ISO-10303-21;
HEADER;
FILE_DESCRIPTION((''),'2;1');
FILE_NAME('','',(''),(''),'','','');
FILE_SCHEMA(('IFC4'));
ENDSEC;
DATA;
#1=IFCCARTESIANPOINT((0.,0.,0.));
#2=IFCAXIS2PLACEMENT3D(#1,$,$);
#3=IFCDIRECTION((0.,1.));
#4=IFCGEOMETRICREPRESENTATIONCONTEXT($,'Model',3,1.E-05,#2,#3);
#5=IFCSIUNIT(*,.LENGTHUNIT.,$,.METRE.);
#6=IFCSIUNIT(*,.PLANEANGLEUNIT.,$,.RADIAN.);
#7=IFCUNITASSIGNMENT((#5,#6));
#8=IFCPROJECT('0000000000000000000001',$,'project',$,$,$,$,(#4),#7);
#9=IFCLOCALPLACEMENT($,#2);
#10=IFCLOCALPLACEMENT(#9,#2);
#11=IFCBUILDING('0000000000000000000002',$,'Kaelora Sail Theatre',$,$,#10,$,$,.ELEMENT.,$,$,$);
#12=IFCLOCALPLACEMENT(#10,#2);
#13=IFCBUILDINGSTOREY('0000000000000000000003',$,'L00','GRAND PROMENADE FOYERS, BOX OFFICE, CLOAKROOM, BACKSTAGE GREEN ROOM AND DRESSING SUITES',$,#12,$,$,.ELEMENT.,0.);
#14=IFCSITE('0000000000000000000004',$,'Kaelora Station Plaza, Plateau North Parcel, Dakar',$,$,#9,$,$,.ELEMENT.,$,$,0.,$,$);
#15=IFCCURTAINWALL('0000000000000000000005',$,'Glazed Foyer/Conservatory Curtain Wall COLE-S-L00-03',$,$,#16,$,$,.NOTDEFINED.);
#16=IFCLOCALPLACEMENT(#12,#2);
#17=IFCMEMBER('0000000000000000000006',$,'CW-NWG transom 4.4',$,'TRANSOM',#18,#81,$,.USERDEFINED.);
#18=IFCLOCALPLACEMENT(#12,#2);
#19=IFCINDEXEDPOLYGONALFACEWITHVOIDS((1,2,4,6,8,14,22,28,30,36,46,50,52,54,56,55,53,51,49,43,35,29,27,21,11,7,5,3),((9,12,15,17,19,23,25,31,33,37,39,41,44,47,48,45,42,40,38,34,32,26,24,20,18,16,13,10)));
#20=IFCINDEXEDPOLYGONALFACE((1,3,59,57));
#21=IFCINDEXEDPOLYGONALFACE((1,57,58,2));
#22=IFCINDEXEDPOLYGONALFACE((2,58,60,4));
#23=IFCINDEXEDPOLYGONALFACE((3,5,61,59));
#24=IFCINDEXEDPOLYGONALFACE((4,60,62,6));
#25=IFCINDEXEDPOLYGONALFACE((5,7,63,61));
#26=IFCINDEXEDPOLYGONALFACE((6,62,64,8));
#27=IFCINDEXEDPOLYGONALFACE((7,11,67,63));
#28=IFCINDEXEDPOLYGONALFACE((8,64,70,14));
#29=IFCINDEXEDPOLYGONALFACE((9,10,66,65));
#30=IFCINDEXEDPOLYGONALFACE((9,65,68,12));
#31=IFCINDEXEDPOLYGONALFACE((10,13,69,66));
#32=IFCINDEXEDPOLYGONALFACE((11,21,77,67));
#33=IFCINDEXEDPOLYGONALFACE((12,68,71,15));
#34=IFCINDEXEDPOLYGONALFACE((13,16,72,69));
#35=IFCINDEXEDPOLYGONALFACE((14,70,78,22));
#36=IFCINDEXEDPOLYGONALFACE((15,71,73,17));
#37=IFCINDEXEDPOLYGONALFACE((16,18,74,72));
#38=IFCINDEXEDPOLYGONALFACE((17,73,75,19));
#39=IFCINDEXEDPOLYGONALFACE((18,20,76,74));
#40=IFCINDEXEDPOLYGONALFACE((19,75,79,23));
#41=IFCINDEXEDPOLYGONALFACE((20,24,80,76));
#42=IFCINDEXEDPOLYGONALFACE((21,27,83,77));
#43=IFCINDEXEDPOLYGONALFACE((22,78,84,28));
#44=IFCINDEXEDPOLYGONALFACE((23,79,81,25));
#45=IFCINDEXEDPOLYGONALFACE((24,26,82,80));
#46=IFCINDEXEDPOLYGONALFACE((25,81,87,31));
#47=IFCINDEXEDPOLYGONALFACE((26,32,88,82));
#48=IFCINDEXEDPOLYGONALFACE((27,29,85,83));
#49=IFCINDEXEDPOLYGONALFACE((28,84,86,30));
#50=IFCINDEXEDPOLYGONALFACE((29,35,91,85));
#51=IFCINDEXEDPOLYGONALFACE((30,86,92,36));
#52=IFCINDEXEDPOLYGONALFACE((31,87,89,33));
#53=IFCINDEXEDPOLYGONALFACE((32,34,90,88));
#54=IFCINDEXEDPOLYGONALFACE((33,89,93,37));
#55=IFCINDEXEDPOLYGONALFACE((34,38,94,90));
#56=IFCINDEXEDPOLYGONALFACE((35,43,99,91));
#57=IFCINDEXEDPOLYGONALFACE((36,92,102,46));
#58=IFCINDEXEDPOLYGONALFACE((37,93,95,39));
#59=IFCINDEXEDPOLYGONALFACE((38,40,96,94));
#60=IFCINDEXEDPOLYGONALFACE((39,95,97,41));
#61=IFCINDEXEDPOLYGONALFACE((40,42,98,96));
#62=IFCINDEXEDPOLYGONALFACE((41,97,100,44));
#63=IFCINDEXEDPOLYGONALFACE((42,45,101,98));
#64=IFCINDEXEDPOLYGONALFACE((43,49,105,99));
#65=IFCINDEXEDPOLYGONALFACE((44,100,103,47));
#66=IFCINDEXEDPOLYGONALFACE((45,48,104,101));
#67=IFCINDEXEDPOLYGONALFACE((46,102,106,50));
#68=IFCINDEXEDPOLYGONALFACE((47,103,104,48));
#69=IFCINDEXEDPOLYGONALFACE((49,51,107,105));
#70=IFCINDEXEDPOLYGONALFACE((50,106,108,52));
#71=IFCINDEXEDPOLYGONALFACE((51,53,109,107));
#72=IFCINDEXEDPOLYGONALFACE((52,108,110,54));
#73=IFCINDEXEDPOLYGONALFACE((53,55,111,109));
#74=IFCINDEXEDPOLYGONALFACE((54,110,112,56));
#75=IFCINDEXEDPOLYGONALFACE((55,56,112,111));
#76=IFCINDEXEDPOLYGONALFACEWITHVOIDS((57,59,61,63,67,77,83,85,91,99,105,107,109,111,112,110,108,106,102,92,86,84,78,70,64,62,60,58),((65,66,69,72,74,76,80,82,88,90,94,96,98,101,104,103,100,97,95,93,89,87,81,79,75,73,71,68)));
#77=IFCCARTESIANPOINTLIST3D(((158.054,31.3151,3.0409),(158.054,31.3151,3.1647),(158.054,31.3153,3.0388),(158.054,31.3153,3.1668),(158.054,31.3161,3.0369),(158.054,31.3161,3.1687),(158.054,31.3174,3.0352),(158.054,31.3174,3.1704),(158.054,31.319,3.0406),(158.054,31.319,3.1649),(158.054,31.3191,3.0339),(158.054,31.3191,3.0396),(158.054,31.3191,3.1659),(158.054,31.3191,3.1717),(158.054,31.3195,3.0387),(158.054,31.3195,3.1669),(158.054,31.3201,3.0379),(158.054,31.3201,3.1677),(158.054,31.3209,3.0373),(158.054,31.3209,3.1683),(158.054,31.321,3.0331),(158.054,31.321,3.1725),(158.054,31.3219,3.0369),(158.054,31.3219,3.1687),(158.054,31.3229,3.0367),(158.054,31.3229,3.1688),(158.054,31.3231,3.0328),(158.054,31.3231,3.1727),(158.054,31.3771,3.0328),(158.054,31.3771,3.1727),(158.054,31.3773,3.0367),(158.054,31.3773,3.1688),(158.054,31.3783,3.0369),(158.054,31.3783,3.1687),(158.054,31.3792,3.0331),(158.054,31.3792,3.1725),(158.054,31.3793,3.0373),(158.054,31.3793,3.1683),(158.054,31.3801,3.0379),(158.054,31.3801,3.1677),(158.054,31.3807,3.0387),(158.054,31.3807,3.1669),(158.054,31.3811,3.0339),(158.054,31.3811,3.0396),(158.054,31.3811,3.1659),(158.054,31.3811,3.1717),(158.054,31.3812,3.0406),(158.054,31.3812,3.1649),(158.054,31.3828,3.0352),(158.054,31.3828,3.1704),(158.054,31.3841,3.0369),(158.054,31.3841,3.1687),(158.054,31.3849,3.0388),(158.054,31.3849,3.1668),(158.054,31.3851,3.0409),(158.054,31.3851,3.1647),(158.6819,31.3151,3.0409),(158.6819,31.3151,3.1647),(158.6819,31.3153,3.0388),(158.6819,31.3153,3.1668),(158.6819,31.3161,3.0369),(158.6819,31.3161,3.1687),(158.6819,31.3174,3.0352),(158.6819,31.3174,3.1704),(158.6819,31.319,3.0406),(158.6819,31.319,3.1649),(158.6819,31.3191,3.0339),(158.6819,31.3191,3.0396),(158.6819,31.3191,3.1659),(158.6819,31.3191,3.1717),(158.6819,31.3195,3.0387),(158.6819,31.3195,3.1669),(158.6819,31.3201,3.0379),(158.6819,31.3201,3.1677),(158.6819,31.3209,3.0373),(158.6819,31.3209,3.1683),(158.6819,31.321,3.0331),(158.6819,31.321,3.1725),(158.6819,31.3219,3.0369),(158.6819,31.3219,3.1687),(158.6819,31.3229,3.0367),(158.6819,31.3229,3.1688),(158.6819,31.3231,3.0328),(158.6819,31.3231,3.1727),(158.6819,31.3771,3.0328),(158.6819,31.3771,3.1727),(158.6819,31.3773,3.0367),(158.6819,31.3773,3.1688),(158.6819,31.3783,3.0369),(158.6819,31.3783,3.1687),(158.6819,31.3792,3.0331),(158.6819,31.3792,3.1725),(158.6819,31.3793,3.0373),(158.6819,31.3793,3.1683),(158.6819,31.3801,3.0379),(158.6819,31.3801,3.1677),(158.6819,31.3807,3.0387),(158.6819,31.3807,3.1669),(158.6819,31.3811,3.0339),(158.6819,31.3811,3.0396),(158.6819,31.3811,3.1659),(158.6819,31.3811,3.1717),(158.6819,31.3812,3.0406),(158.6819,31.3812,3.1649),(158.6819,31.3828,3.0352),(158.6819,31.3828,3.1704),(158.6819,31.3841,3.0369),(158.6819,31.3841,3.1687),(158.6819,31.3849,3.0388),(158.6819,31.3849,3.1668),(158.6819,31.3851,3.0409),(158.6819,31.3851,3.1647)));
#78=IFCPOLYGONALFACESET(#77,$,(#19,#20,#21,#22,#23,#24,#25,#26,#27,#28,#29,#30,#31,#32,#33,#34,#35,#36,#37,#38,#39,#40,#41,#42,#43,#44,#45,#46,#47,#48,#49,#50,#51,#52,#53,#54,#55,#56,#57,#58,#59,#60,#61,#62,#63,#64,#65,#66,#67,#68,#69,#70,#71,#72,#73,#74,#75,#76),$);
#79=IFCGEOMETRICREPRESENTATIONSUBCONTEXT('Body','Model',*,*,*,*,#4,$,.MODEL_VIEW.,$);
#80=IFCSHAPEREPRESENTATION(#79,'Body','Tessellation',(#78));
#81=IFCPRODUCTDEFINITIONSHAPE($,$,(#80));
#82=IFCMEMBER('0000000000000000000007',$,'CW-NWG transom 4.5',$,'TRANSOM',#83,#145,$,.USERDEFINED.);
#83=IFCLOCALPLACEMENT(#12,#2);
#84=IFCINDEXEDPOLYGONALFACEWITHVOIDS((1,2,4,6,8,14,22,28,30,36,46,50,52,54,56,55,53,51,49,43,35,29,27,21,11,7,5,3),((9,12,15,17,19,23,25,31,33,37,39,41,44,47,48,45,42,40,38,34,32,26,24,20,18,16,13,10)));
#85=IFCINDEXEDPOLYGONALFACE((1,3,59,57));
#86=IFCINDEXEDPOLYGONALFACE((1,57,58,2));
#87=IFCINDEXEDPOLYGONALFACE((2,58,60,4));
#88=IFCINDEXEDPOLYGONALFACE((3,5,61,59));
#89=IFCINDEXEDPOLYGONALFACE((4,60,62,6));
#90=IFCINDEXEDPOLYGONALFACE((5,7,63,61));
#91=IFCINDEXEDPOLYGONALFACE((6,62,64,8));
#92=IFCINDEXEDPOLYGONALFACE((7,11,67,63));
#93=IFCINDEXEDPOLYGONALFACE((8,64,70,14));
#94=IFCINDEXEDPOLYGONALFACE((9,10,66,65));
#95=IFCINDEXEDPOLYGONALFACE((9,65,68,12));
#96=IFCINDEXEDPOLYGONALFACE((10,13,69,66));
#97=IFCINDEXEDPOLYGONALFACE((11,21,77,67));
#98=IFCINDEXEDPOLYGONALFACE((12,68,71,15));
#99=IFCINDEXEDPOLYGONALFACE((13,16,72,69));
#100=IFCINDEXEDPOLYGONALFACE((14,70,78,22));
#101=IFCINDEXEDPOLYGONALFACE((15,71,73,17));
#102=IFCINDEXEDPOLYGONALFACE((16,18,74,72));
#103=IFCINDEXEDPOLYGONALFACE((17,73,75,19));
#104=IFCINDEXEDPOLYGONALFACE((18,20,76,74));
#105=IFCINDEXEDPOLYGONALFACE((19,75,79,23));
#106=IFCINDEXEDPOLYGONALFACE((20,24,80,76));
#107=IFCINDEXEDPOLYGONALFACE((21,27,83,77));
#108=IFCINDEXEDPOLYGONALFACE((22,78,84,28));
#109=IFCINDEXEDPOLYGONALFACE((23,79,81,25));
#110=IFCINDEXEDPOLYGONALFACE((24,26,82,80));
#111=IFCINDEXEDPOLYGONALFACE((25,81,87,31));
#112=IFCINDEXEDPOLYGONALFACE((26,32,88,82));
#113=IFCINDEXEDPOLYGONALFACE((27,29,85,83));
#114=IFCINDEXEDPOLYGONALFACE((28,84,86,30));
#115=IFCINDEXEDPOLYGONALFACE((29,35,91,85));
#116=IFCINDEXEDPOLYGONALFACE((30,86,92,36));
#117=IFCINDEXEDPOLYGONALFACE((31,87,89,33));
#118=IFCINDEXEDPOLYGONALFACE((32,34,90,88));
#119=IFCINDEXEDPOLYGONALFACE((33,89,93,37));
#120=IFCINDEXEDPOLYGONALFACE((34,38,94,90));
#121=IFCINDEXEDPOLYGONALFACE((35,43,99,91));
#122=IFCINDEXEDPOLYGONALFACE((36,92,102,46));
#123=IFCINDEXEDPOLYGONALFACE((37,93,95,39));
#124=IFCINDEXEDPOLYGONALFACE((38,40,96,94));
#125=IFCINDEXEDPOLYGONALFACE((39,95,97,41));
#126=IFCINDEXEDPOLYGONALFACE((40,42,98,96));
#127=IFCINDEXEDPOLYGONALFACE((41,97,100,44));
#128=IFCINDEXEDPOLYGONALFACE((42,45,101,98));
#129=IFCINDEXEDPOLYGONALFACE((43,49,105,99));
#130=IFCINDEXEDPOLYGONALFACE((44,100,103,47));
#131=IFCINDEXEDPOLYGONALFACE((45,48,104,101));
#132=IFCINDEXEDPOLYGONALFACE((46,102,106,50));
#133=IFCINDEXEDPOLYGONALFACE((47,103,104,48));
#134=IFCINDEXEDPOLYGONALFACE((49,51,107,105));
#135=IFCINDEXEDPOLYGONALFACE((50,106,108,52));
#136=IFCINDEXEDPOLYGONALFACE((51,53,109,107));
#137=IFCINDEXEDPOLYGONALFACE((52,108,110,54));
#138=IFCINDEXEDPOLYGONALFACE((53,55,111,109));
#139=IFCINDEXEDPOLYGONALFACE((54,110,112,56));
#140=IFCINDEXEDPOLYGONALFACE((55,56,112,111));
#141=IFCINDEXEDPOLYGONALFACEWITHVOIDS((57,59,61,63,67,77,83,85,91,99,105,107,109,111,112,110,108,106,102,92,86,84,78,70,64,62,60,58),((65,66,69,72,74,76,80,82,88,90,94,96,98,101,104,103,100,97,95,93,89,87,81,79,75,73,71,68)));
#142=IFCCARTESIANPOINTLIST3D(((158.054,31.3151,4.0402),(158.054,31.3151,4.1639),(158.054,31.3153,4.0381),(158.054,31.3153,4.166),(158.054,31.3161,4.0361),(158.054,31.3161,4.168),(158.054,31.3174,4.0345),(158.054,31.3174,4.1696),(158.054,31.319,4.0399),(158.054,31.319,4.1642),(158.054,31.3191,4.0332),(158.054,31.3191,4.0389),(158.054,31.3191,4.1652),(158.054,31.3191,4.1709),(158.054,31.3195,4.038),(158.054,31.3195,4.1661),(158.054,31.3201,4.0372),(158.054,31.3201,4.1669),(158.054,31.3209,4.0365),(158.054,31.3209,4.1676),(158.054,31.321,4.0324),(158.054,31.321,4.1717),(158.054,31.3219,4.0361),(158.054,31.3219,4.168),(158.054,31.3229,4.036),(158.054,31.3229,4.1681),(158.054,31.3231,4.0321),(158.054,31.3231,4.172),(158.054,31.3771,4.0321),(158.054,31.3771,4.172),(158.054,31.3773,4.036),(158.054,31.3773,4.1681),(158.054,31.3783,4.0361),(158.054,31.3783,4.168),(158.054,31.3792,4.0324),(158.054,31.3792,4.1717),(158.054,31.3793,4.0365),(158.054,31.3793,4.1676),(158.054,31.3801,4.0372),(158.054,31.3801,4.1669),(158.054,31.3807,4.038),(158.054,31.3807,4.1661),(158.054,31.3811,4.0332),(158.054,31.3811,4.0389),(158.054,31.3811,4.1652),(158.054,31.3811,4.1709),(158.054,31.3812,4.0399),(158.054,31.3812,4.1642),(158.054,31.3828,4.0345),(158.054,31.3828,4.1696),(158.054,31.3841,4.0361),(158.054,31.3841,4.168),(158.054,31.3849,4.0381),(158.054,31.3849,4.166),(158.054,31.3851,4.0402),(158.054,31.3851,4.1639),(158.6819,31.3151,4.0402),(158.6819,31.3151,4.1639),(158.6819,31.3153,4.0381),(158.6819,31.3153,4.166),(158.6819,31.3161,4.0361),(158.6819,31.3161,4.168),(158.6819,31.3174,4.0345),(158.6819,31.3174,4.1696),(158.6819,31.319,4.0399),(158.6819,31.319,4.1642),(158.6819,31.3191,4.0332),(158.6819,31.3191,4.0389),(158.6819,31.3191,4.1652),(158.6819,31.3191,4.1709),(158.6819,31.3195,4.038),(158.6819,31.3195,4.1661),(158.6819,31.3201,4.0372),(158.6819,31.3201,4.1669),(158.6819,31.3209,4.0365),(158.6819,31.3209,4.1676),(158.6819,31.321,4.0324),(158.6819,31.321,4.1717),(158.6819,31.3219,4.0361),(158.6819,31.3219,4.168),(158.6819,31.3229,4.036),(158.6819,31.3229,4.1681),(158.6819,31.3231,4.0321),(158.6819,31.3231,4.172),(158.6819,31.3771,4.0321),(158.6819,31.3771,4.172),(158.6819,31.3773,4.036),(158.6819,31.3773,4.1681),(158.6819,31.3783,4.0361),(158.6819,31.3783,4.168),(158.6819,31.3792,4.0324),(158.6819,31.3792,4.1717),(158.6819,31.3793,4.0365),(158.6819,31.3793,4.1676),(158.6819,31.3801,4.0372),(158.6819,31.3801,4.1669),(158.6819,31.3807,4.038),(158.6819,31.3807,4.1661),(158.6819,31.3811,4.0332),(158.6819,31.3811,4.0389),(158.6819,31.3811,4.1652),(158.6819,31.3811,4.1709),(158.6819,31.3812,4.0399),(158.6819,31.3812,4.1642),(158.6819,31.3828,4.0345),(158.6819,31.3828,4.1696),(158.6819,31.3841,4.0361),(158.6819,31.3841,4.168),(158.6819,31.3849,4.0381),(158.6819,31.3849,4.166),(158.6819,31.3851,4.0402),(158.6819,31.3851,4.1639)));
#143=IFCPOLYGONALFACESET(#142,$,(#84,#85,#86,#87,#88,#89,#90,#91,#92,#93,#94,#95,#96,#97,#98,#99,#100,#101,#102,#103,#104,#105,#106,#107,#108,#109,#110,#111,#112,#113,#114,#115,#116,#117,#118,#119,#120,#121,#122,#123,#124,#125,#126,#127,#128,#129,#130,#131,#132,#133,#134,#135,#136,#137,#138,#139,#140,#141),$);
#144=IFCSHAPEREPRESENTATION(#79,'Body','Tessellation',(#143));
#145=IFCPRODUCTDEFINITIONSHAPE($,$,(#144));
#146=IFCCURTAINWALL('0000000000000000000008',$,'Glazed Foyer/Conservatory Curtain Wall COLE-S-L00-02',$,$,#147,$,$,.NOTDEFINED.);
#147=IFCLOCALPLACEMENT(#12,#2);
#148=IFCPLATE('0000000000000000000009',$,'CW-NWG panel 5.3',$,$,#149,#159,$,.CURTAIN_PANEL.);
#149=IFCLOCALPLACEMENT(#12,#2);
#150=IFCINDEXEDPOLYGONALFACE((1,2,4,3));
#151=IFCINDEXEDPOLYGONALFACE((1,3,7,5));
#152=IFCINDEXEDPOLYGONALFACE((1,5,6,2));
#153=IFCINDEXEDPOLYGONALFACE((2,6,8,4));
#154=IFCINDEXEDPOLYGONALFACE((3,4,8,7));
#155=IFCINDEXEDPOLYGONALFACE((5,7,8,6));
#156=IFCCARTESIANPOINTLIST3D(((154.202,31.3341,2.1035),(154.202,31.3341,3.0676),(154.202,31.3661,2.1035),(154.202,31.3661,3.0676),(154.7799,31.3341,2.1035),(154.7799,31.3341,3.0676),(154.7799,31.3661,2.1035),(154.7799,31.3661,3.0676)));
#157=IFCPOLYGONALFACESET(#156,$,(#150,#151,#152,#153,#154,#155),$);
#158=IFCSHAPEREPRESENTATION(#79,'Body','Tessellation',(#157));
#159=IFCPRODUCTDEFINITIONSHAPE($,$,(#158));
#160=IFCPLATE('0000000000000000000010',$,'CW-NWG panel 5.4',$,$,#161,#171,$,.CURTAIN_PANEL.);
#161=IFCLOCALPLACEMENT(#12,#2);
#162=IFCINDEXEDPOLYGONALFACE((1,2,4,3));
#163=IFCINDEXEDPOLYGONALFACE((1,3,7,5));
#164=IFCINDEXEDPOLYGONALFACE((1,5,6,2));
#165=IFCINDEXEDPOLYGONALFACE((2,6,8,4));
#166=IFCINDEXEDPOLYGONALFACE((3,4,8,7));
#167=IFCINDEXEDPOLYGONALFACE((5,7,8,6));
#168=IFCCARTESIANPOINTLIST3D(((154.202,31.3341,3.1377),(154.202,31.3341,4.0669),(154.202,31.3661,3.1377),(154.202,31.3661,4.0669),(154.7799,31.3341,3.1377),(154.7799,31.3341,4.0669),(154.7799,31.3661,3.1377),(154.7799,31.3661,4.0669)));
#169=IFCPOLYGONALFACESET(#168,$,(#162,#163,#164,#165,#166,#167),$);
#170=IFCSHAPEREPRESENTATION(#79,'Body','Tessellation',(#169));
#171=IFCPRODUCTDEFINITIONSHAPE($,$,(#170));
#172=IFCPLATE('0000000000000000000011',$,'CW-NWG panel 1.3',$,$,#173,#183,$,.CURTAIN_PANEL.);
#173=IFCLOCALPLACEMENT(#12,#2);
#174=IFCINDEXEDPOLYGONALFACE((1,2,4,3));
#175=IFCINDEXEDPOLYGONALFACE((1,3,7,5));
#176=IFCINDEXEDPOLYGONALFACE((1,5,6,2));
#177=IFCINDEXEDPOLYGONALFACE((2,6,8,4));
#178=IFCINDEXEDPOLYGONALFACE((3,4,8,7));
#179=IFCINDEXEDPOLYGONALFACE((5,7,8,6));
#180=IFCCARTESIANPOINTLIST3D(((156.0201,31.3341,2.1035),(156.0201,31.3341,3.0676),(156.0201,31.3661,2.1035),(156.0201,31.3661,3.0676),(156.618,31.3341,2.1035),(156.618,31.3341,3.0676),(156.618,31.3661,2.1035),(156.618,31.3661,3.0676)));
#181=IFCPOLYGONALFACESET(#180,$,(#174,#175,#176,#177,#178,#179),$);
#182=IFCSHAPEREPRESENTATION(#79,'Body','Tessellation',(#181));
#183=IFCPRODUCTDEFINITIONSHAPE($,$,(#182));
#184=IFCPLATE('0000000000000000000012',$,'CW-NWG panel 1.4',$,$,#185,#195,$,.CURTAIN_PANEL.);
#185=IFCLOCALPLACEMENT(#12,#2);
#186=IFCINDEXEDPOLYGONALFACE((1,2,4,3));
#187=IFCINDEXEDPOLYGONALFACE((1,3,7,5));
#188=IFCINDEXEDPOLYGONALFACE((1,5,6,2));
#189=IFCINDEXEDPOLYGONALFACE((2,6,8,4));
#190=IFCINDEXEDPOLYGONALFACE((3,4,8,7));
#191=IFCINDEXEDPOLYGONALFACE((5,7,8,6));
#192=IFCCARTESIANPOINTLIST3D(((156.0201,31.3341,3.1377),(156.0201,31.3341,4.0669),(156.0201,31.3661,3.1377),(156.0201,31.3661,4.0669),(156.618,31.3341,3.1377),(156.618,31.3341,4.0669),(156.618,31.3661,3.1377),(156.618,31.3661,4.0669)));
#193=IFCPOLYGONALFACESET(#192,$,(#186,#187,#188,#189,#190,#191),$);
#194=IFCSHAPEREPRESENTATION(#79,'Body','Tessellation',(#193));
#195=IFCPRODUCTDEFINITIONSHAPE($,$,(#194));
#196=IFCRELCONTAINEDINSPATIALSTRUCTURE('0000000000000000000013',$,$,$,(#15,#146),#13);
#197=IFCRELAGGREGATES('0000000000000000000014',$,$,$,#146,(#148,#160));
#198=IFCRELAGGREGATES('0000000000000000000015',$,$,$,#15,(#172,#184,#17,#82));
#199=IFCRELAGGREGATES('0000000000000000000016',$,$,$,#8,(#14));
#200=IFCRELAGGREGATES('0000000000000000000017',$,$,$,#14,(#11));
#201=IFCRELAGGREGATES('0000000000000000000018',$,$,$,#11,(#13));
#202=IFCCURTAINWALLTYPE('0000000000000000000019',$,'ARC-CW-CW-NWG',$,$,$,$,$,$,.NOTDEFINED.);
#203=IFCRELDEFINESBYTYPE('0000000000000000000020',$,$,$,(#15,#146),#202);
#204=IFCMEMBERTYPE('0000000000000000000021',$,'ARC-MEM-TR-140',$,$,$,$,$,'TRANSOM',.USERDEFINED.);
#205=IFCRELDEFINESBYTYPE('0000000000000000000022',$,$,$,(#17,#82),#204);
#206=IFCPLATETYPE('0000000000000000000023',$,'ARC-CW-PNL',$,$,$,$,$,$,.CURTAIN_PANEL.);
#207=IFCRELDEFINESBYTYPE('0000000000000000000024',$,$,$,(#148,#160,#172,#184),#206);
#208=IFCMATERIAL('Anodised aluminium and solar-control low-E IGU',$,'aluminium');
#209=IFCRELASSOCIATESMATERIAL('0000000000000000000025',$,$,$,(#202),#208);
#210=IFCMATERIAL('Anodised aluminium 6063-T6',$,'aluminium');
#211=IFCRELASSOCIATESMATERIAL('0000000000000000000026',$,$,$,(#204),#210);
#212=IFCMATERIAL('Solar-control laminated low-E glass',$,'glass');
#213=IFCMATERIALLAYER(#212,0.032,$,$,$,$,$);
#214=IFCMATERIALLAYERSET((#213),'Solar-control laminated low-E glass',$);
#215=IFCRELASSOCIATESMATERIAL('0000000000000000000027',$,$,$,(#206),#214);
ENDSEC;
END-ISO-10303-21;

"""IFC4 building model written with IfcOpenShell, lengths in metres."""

from ifc_helpers import new_model, si_unit, direction, frame, origin, origin_2d, place, context, subcontext, project, spatial, rectangle, hollow_rectangle, extrude, material, layer, layer_set, material_profile, profile_set, type_object, element, aggregate, save


model = new_model("IFC4")

# Units and contexts
model_context = context("Model", 3, precision=1e-05, world=origin(), true_north=direction((0.0, 1.0)))
body_context = subcontext(model_context, "Body", "Model", "MODEL_VIEW")
ifc_project = project(units=[si_unit("LENGTHUNIT", "METRE"), si_unit("PLANEANGLEUNIT", "RADIAN")], contexts=[model_context])

# Site, building, storey
site_placement = place(None, origin())
site = spatial("IfcSite", under=ifc_project, at=site_placement, Name="Kaelora Station Plaza, Plateau North Parcel, Dakar", CompositionType="ELEMENT", RefElevation=0.0)
building_placement = place(site_placement, origin())
building = spatial("IfcBuilding", under=site, at=building_placement, Name="Kaelora Sail Theatre", CompositionType="ELEMENT")
storey_placement = place(building_placement, origin())
storey = spatial("IfcBuildingStorey", under=building, at=storey_placement, Name="L00", Description="GRAND PROMENADE FOYERS, BOX OFFICE, CLOAKROOM, BACKSTAGE GREEN ROOM AND DRESSING SUITES", CompositionType="ELEMENT", Elevation=0.0)

# Curtain wall, members
ifc_material_1 = material(Name="Anodised aluminium and solar-control low-E IGU", Category="aluminium")
curtain_wall_type = type_object("IfcCurtainWallType", Name="ARC-CW-CW-NWG", PredefinedType="NOTDEFINED", material=ifc_material_1)
curtain_wall_1_placement = place(storey_placement, origin())
curtain_wall_1 = element("IfcCurtainWall", 1, at=curtain_wall_1_placement, inside=storey, type_object=curtain_wall_type, Name="Glazed Foyer/Conservatory Curtain Wall COLE-S-L00-03", PredefinedType="NOTDEFINED")
ifc_material_2 = material(Name="Anodised aluminium 6063-T6", Category="aluminium")
ifc_material_profile = material_profile(ifc_material_2, hollow_rectangle(XDim=0.0701, YDim=0.1399, WallThickness=0.0039, InnerFilletRadius=0.0039, OuterFilletRadius=0.0081, at=origin_2d()), Name="ALU-TRAN 70x140x4")
ifc_profile_set = profile_set([ifc_material_profile], Name="Anodised aluminium 6063-T6")
member_type = type_object("IfcMemberType", Name="ARC-MEM-TR-140", ElementType="TRANSOM", PredefinedType="USERDEFINED", material=ifc_profile_set)
member_1_placement = place(storey_placement, frame((158.054, 31.3501, 3.1028), z_axis=(1.0, 0.0, 0.0), x_axis=(0.0, 1.0, 0.0)))
member_1 = element("IfcMember", 2, at=member_1_placement, type_object=member_type, Name="CW-NWG transom 4.4", ObjectType="TRANSOM", PredefinedType="USERDEFINED", context=body_context, shape_type="SweptSolid", body=[
    extrude(hollow_rectangle(XDim=0.0701, YDim=0.1399, WallThickness=0.0039, InnerFilletRadius=0.0039, OuterFilletRadius=0.0081, at=origin_2d()), origin(), (0.0, 0.0, 1.0), 0.6279),
])
member_2_placement = place(storey_placement, frame((158.054, 31.3501, 4.1021), z_axis=(1.0, 0.0, 0.0), x_axis=(0.0, 1.0, 0.0)))
member_2 = element("IfcMember", 3, at=member_2_placement, type_object=member_type, Name="CW-NWG transom 4.5", ObjectType="TRANSOM", PredefinedType="USERDEFINED", context=body_context, shape_type="SweptSolid", body=[
    extrude(hollow_rectangle(XDim=0.0701, YDim=0.1399, WallThickness=0.0039, InnerFilletRadius=0.0039, OuterFilletRadius=0.0081, at=origin_2d()), origin(), (0.0, 0.0, 1.0), 0.6279),
])

# Curtain wall, plates
curtain_wall_2_placement = place(storey_placement, origin())
curtain_wall_2 = element("IfcCurtainWall", 4, at=curtain_wall_2_placement, inside=storey, type_object=curtain_wall_type, Name="Glazed Foyer/Conservatory Curtain Wall COLE-S-L00-02", PredefinedType="NOTDEFINED")
ifc_material_3 = material(Name="Solar-control laminated low-E glass", Category="glass")
ifc_layer = layer(ifc_material_3, 0.032)
ifc_layer_set = layer_set([ifc_layer], Name="Solar-control laminated low-E glass")
plate_type = type_object("IfcPlateType", Name="ARC-CW-PNL", PredefinedType="CURTAIN_PANEL", material=ifc_layer_set)
plate_1_placement = place(storey_placement, frame((154.491, 31.3501, 2.1035), z_axis=(0.0, 0.0, 1.0), x_axis=(1.0, 0.0, 0.0)))
plate_1 = element("IfcPlate", 5, at=plate_1_placement, type_object=plate_type, Name="CW-NWG panel 5.3", PredefinedType="CURTAIN_PANEL", context=body_context, shape_type="SweptSolid", body=[
    extrude(rectangle(XDim=0.5779, YDim=0.032, at=origin_2d()), origin(), (0.0, 0.0, 1.0), 0.9641),
])
plate_2_placement = place(storey_placement, frame((154.491, 31.3501, 3.1377), z_axis=(0.0, 0.0, 1.0), x_axis=(1.0, 0.0, 0.0)))
plate_2 = element("IfcPlate", 6, at=plate_2_placement, type_object=plate_type, Name="CW-NWG panel 5.4", PredefinedType="CURTAIN_PANEL", context=body_context, shape_type="SweptSolid", body=[
    extrude(rectangle(XDim=0.5779, YDim=0.032, at=origin_2d()), origin(), (0.0, 0.0, 1.0), 0.9292),
])
aggregate(curtain_wall_2, [plate_1, plate_2])

# Plates
plate_3_placement = place(storey_placement, frame((156.3191, 31.3501, 2.1035), z_axis=(0.0, 0.0, 1.0), x_axis=(1.0, 0.0, 0.0)))
plate_3 = element("IfcPlate", 7, at=plate_3_placement, type_object=plate_type, Name="CW-NWG panel 1.3", PredefinedType="CURTAIN_PANEL", context=body_context, shape_type="SweptSolid", body=[
    extrude(rectangle(XDim=0.5979, YDim=0.032, at=origin_2d()), origin(), (0.0, 0.0, 1.0), 0.9641),
])
plate_4_placement = place(storey_placement, frame((156.3191, 31.3501, 3.1377), z_axis=(0.0, 0.0, 1.0), x_axis=(1.0, 0.0, 0.0)))
plate_4 = element("IfcPlate", 8, at=plate_4_placement, type_object=plate_type, Name="CW-NWG panel 1.4", PredefinedType="CURTAIN_PANEL", context=body_context, shape_type="SweptSolid", body=[
    extrude(rectangle(XDim=0.5979, YDim=0.032, at=origin_2d()), origin(), (0.0, 0.0, 1.0), 0.9292),
])
aggregate(curtain_wall_1, [plate_3, plate_4, member_1, member_2])

save(model, "model.ifc")
